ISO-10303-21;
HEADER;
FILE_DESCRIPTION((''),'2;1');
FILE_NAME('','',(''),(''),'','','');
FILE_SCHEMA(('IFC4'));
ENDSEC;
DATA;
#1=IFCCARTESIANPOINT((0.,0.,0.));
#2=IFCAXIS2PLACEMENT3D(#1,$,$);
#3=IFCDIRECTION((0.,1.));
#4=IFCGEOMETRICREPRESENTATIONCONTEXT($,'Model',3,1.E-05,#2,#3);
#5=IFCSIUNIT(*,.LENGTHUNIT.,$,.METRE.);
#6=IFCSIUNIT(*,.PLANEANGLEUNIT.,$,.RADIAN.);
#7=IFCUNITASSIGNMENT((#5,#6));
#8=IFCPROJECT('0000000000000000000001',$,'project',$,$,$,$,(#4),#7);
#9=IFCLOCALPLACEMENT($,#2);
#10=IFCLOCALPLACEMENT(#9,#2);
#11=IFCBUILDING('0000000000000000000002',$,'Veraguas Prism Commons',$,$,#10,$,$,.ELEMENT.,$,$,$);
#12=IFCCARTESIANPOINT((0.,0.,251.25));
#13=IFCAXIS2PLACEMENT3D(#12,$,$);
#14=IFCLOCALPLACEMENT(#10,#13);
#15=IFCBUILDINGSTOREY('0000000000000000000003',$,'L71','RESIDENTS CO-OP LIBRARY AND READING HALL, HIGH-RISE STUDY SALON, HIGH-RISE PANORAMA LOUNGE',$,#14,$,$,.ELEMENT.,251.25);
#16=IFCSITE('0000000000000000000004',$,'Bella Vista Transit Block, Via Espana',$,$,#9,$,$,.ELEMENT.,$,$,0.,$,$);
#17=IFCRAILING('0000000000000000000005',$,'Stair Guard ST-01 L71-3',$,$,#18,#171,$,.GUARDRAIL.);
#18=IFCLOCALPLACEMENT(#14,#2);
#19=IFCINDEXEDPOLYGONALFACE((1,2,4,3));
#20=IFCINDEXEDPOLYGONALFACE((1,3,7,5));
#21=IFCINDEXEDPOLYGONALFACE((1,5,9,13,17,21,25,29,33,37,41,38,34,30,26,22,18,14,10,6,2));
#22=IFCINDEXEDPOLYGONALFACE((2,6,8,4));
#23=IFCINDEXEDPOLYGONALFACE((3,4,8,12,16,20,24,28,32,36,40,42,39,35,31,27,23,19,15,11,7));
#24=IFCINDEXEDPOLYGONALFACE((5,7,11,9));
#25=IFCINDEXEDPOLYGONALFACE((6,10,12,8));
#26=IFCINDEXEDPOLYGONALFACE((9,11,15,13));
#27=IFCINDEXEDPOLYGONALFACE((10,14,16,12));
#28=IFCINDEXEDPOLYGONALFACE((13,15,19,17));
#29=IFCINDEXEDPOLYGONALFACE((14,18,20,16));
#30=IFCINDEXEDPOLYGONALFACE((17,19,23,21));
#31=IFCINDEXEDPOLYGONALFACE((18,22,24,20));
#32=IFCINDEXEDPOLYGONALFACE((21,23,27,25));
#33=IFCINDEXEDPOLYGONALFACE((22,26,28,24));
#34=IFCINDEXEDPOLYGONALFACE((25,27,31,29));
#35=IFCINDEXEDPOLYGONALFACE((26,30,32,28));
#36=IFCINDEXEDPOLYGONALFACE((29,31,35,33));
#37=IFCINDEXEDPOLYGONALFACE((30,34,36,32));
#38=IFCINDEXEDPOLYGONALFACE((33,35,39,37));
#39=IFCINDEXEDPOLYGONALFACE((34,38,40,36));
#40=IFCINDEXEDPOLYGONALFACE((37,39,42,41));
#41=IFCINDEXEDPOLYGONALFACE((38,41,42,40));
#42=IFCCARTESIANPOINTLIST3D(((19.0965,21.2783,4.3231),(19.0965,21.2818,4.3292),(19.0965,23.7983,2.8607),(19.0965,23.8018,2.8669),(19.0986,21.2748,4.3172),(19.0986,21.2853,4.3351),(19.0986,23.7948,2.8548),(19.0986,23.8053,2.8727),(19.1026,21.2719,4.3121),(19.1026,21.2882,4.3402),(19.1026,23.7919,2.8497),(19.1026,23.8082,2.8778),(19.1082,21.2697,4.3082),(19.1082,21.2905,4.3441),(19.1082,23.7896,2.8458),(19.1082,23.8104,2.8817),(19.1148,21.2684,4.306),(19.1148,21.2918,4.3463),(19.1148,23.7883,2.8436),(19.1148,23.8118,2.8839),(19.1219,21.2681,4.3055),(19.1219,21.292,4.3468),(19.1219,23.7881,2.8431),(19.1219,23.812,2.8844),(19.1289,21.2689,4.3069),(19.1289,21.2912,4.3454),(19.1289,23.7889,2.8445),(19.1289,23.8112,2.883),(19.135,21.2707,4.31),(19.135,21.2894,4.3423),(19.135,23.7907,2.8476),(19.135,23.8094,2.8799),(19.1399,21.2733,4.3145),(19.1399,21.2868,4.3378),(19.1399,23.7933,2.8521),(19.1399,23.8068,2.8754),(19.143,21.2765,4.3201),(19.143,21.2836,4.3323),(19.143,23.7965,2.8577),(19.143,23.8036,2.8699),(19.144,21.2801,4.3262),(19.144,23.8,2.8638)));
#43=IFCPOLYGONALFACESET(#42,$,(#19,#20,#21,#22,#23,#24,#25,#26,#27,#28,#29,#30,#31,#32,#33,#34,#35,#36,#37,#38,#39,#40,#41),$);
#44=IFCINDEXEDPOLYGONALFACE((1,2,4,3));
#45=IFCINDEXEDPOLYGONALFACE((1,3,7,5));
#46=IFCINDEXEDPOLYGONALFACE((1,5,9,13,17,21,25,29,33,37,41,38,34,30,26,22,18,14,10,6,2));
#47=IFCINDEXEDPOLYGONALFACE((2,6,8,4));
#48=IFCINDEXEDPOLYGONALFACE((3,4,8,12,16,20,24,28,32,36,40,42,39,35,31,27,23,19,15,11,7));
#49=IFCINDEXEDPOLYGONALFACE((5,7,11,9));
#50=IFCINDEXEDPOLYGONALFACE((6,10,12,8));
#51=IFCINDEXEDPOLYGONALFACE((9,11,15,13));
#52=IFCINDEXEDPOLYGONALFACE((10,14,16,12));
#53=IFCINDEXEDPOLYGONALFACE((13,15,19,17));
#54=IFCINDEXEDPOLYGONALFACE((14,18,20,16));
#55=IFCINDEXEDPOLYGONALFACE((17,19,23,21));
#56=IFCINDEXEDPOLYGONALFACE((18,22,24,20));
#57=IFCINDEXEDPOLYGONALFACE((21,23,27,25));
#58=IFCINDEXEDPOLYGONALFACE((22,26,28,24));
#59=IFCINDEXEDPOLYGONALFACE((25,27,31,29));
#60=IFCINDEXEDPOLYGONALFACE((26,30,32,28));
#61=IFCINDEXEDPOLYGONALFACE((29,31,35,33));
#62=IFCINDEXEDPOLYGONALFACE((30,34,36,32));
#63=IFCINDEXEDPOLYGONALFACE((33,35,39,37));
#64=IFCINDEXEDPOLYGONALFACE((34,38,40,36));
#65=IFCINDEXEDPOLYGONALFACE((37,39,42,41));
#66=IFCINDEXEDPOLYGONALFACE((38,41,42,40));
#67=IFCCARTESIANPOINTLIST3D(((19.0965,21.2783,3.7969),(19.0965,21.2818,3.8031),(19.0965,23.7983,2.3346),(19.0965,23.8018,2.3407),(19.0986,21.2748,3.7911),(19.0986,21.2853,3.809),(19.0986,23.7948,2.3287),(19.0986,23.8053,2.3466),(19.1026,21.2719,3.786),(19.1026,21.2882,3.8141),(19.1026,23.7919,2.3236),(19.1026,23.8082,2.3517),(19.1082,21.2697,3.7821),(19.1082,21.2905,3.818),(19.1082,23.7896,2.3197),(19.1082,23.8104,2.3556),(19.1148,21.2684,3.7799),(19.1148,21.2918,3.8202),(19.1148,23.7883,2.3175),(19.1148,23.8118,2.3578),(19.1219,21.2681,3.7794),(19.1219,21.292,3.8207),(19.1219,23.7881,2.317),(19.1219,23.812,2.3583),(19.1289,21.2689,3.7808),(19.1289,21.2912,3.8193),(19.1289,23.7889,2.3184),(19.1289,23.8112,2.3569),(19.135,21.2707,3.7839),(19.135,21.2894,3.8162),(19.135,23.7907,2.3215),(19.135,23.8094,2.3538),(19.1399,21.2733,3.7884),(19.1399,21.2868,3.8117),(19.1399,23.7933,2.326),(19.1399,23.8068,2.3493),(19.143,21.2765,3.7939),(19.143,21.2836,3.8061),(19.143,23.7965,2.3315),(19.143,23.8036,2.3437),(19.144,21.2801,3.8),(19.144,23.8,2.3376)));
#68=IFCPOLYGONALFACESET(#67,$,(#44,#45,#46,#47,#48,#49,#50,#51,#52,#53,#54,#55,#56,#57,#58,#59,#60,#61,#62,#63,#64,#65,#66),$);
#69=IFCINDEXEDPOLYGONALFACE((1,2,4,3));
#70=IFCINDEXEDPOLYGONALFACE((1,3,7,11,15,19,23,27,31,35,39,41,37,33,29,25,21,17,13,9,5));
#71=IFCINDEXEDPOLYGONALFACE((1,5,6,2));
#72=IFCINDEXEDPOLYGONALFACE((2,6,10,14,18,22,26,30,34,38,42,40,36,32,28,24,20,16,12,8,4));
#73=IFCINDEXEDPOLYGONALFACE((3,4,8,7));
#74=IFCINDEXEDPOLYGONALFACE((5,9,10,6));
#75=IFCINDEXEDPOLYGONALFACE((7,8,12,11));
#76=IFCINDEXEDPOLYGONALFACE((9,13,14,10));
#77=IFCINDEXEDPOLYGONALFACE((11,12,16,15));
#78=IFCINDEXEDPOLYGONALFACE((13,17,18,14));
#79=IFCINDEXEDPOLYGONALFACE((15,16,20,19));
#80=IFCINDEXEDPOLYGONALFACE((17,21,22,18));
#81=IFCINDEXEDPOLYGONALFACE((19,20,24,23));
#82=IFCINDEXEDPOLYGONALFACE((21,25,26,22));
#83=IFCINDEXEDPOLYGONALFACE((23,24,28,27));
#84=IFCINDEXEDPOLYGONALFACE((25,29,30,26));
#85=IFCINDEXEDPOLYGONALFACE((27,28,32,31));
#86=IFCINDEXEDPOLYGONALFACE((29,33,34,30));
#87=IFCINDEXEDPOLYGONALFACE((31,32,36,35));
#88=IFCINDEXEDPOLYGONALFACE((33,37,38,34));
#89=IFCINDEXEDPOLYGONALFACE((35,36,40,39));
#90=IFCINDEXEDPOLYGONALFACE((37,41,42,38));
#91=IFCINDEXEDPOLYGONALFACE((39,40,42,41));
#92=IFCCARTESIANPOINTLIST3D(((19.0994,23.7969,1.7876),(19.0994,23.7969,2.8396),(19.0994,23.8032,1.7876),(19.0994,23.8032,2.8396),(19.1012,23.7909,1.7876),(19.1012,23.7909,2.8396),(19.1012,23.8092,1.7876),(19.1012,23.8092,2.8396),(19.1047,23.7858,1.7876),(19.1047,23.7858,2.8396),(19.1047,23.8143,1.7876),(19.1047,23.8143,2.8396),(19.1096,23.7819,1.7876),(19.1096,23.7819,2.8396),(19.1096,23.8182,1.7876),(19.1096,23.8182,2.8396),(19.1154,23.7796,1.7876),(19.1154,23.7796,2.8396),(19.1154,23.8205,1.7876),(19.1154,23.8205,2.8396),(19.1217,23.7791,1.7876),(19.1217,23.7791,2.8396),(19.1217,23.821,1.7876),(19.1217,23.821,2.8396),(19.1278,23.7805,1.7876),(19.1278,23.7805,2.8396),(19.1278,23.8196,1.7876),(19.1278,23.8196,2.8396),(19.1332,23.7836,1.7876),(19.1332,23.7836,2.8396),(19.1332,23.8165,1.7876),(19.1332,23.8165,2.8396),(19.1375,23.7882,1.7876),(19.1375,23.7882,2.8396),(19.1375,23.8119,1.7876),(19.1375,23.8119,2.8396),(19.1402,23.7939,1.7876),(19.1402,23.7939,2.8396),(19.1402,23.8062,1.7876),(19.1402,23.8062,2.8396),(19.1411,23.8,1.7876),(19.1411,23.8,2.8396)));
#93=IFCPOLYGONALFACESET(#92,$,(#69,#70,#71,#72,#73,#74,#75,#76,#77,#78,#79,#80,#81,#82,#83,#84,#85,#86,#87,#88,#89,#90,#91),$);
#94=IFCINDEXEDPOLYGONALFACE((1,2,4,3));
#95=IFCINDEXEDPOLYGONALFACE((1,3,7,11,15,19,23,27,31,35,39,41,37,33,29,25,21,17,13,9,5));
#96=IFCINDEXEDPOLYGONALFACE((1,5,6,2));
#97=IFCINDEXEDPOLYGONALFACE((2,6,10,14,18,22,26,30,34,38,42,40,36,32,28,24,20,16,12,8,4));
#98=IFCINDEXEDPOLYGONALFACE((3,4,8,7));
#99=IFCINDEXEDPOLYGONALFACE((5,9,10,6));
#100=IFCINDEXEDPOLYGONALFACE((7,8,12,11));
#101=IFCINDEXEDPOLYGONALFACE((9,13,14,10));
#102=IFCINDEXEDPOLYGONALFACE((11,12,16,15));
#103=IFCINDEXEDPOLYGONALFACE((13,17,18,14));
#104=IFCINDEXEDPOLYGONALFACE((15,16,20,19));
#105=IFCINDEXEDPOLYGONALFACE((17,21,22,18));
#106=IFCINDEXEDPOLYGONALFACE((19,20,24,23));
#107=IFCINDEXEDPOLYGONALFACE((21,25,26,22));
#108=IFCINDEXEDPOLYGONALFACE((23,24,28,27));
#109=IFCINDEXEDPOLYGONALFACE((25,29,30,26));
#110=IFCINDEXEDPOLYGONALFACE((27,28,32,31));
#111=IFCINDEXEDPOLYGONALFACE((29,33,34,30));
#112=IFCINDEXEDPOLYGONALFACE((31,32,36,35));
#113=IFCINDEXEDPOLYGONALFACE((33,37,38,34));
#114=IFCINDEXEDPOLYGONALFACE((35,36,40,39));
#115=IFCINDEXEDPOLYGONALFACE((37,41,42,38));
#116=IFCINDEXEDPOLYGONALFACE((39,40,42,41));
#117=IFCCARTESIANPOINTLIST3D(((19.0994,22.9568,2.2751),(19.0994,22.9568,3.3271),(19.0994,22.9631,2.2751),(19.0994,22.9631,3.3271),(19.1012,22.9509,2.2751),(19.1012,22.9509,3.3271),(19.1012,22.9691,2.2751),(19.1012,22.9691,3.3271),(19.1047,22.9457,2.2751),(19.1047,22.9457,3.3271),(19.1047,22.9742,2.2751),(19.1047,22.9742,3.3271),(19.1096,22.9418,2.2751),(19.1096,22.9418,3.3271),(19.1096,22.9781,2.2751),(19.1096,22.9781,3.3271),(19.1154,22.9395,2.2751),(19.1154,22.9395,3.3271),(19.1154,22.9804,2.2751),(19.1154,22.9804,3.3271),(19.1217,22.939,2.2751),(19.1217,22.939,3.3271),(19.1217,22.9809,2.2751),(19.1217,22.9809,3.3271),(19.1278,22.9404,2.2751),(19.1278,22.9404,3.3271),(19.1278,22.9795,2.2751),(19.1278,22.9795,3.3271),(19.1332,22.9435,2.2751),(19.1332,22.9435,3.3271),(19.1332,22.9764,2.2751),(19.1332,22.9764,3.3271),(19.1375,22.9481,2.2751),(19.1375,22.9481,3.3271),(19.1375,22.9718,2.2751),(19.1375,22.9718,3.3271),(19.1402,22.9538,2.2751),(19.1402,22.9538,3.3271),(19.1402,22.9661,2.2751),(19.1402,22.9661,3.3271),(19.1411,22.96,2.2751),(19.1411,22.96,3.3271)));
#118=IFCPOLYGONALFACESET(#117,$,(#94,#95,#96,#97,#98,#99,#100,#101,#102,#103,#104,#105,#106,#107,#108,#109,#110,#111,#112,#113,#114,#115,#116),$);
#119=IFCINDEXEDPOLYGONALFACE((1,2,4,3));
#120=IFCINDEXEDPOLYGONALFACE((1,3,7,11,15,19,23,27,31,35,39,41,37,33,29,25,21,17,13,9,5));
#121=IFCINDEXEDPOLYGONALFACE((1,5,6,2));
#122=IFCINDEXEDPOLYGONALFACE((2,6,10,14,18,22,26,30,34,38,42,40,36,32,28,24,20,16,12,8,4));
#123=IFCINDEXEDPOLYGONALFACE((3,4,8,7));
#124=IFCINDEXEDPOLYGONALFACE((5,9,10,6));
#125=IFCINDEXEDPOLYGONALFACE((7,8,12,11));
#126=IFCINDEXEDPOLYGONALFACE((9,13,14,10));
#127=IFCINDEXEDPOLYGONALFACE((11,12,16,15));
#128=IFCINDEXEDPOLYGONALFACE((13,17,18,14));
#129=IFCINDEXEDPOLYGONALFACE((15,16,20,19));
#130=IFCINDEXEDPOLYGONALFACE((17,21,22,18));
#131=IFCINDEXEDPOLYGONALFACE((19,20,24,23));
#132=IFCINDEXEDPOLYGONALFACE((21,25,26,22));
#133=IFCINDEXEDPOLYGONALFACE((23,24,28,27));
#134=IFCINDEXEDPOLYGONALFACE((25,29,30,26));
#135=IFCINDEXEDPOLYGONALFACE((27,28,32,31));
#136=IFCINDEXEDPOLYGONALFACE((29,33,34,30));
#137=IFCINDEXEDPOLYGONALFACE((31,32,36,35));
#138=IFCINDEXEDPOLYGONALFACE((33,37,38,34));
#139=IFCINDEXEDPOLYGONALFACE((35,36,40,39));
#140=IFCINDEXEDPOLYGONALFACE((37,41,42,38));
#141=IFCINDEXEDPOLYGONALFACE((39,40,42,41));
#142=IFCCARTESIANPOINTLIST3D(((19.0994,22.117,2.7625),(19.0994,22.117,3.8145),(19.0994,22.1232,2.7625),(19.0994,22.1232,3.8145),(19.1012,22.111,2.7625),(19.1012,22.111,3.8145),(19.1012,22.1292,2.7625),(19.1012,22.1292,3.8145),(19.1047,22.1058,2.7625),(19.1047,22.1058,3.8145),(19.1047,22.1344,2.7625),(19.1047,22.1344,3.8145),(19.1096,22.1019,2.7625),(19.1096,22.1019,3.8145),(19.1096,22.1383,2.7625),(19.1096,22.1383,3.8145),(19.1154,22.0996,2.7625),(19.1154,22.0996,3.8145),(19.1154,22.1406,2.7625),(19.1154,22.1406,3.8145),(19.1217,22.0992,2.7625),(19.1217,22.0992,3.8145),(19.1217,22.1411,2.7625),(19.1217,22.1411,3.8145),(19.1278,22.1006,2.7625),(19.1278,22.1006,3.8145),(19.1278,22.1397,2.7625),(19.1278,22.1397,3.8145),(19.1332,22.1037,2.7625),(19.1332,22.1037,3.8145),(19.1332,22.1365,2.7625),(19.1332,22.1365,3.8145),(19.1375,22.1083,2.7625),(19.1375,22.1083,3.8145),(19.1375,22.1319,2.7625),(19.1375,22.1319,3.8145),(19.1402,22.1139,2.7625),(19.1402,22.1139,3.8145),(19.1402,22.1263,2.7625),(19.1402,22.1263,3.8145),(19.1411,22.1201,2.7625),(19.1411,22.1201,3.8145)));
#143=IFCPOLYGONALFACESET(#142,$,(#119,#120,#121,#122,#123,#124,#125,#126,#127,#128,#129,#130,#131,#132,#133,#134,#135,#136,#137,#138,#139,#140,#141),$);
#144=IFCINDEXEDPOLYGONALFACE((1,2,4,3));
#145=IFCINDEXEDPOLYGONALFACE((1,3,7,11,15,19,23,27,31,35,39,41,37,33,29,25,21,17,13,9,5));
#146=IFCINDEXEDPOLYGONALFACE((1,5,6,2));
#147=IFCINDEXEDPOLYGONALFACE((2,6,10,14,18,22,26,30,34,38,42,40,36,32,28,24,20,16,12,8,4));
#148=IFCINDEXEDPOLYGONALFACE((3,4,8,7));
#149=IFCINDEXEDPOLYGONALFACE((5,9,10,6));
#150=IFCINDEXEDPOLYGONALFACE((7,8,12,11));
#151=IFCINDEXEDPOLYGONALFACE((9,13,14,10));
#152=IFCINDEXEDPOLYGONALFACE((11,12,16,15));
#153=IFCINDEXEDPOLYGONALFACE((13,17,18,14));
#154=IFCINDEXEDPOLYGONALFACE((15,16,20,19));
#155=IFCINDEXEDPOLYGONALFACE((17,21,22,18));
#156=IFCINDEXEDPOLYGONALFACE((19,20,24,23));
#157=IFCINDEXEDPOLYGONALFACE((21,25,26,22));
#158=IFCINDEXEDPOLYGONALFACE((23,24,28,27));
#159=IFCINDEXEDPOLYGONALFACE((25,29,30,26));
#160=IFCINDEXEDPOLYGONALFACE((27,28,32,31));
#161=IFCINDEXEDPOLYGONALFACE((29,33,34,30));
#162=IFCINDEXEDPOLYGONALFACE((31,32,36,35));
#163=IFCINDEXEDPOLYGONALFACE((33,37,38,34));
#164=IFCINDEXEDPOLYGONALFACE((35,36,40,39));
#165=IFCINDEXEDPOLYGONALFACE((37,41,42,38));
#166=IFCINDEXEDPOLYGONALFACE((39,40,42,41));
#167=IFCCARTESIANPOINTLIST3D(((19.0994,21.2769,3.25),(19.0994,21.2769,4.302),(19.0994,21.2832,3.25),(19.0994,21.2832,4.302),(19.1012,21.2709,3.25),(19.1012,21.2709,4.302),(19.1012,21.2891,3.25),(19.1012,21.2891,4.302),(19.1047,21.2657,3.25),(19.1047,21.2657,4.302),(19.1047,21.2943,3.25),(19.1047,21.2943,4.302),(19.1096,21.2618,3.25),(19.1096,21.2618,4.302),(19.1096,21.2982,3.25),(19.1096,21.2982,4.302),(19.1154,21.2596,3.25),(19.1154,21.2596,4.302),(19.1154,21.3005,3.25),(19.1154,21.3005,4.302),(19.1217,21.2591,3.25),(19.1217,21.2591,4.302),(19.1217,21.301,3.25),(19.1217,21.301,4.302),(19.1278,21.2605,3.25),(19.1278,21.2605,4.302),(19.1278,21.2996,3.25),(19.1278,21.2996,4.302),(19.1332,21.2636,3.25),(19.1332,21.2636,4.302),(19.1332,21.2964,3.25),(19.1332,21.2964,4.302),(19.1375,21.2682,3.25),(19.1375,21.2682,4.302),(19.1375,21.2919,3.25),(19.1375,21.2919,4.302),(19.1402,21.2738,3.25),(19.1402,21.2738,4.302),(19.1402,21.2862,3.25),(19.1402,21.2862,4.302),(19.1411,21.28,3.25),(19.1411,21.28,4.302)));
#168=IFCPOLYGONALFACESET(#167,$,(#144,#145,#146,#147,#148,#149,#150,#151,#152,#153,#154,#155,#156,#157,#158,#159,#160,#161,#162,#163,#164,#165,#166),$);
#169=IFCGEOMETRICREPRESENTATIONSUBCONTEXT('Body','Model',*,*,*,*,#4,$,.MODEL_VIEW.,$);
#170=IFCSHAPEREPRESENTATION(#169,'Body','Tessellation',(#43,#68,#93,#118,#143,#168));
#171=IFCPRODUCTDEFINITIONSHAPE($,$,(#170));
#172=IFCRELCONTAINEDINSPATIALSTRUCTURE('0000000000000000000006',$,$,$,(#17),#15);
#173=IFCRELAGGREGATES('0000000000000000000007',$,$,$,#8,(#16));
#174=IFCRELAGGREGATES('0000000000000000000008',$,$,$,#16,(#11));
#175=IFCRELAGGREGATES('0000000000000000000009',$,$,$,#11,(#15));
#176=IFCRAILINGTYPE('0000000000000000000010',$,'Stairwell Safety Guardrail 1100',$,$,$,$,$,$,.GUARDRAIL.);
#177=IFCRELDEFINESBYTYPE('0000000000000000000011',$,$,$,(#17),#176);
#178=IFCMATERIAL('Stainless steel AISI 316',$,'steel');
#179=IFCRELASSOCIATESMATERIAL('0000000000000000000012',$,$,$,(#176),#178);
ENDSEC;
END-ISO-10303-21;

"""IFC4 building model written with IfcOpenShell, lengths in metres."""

from ifc_helpers import new_model, si_unit, direction, frame, origin, origin_2d, place, context, subcontext, project, spatial, circle, extrude, material, type_object, element, save


model = new_model("IFC4")

# Units and contexts
model_context = context("Model", 3, precision=1e-05, world=origin(), true_north=direction((0.0, 1.0)))
body_context = subcontext(model_context, "Body", "Model", "MODEL_VIEW")
ifc_project = project(units=[si_unit("LENGTHUNIT", "METRE"), si_unit("PLANEANGLEUNIT", "RADIAN")], contexts=[model_context])

# Site, building, storey
site_placement = place(None, origin())
site = spatial("IfcSite", under=ifc_project, at=site_placement, Name="Bella Vista Transit Block, Via Espana", CompositionType="ELEMENT", RefElevation=0.0)
building_placement = place(site_placement, origin())
building = spatial("IfcBuilding", under=site, at=building_placement, Name="Veraguas Prism Commons", CompositionType="ELEMENT")
storey_placement = place(building_placement, frame((0.0, 0.0, 251.25)))
storey = spatial("IfcBuildingStorey", under=building, at=storey_placement, Name="L71", Description="RESIDENTS CO-OP LIBRARY AND READING HALL, HIGH-RISE STUDY SALON, HIGH-RISE PANORAMA LOUNGE", CompositionType="ELEMENT", Elevation=251.25)

# Shared definitions
ifc_material_1 = material(Name="Stainless steel AISI 316", Category="steel")

# Railing
railing_type_1 = type_object("IfcRailingType", Name="Stairwell Safety Guardrail 1100", PredefinedType="GUARDRAIL", material=ifc_material_1)
railing_1_placement = place(storey_placement, frame((19.1201, 23.8, 1.7876)))
element("IfcRailing", 1, at=railing_1_placement, inside=storey, type_object=railing_type_1, Name="Stair Guard ST-01 L71-3", PredefinedType="GUARDRAIL", context=body_context, shape_type="SweptSolid", body=[
    extrude(circle(Radius=0.0239, at=origin_2d()), frame((0.0, 0.0, 1.0762), z_axis=(0.0, -0.864913, 0.501921), x_axis=(1.0, 0.0, 0.0)), (0.0, 0.0, 1.0), 2.9136),
    extrude(circle(Radius=0.0239, at=origin_2d()), frame((0.0, 0.0, 0.55), z_axis=(0.0, -0.864913, 0.501921), x_axis=(1.0, 0.0, 0.0)), (0.0, 0.0, 1.0), 2.9136),
    extrude(circle(Radius=0.021, at=origin_2d()), origin(), (0.0, 0.0, 1.0), 1.052),
    extrude(circle(Radius=0.021, at=origin_2d()), frame((0.0, -0.8401, 0.4875)), (0.0, 0.0, 1.0), 1.052),
    extrude(circle(Radius=0.021, at=origin_2d()), frame((0.0, -1.6799, 0.9749)), (0.0, 0.0, 1.0), 1.052),
    extrude(circle(Radius=0.021, at=origin_2d()), frame((0.0, -2.52, 1.4624)), (0.0, 0.0, 1.0), 1.052),
])

save(model, "model.ifc")
